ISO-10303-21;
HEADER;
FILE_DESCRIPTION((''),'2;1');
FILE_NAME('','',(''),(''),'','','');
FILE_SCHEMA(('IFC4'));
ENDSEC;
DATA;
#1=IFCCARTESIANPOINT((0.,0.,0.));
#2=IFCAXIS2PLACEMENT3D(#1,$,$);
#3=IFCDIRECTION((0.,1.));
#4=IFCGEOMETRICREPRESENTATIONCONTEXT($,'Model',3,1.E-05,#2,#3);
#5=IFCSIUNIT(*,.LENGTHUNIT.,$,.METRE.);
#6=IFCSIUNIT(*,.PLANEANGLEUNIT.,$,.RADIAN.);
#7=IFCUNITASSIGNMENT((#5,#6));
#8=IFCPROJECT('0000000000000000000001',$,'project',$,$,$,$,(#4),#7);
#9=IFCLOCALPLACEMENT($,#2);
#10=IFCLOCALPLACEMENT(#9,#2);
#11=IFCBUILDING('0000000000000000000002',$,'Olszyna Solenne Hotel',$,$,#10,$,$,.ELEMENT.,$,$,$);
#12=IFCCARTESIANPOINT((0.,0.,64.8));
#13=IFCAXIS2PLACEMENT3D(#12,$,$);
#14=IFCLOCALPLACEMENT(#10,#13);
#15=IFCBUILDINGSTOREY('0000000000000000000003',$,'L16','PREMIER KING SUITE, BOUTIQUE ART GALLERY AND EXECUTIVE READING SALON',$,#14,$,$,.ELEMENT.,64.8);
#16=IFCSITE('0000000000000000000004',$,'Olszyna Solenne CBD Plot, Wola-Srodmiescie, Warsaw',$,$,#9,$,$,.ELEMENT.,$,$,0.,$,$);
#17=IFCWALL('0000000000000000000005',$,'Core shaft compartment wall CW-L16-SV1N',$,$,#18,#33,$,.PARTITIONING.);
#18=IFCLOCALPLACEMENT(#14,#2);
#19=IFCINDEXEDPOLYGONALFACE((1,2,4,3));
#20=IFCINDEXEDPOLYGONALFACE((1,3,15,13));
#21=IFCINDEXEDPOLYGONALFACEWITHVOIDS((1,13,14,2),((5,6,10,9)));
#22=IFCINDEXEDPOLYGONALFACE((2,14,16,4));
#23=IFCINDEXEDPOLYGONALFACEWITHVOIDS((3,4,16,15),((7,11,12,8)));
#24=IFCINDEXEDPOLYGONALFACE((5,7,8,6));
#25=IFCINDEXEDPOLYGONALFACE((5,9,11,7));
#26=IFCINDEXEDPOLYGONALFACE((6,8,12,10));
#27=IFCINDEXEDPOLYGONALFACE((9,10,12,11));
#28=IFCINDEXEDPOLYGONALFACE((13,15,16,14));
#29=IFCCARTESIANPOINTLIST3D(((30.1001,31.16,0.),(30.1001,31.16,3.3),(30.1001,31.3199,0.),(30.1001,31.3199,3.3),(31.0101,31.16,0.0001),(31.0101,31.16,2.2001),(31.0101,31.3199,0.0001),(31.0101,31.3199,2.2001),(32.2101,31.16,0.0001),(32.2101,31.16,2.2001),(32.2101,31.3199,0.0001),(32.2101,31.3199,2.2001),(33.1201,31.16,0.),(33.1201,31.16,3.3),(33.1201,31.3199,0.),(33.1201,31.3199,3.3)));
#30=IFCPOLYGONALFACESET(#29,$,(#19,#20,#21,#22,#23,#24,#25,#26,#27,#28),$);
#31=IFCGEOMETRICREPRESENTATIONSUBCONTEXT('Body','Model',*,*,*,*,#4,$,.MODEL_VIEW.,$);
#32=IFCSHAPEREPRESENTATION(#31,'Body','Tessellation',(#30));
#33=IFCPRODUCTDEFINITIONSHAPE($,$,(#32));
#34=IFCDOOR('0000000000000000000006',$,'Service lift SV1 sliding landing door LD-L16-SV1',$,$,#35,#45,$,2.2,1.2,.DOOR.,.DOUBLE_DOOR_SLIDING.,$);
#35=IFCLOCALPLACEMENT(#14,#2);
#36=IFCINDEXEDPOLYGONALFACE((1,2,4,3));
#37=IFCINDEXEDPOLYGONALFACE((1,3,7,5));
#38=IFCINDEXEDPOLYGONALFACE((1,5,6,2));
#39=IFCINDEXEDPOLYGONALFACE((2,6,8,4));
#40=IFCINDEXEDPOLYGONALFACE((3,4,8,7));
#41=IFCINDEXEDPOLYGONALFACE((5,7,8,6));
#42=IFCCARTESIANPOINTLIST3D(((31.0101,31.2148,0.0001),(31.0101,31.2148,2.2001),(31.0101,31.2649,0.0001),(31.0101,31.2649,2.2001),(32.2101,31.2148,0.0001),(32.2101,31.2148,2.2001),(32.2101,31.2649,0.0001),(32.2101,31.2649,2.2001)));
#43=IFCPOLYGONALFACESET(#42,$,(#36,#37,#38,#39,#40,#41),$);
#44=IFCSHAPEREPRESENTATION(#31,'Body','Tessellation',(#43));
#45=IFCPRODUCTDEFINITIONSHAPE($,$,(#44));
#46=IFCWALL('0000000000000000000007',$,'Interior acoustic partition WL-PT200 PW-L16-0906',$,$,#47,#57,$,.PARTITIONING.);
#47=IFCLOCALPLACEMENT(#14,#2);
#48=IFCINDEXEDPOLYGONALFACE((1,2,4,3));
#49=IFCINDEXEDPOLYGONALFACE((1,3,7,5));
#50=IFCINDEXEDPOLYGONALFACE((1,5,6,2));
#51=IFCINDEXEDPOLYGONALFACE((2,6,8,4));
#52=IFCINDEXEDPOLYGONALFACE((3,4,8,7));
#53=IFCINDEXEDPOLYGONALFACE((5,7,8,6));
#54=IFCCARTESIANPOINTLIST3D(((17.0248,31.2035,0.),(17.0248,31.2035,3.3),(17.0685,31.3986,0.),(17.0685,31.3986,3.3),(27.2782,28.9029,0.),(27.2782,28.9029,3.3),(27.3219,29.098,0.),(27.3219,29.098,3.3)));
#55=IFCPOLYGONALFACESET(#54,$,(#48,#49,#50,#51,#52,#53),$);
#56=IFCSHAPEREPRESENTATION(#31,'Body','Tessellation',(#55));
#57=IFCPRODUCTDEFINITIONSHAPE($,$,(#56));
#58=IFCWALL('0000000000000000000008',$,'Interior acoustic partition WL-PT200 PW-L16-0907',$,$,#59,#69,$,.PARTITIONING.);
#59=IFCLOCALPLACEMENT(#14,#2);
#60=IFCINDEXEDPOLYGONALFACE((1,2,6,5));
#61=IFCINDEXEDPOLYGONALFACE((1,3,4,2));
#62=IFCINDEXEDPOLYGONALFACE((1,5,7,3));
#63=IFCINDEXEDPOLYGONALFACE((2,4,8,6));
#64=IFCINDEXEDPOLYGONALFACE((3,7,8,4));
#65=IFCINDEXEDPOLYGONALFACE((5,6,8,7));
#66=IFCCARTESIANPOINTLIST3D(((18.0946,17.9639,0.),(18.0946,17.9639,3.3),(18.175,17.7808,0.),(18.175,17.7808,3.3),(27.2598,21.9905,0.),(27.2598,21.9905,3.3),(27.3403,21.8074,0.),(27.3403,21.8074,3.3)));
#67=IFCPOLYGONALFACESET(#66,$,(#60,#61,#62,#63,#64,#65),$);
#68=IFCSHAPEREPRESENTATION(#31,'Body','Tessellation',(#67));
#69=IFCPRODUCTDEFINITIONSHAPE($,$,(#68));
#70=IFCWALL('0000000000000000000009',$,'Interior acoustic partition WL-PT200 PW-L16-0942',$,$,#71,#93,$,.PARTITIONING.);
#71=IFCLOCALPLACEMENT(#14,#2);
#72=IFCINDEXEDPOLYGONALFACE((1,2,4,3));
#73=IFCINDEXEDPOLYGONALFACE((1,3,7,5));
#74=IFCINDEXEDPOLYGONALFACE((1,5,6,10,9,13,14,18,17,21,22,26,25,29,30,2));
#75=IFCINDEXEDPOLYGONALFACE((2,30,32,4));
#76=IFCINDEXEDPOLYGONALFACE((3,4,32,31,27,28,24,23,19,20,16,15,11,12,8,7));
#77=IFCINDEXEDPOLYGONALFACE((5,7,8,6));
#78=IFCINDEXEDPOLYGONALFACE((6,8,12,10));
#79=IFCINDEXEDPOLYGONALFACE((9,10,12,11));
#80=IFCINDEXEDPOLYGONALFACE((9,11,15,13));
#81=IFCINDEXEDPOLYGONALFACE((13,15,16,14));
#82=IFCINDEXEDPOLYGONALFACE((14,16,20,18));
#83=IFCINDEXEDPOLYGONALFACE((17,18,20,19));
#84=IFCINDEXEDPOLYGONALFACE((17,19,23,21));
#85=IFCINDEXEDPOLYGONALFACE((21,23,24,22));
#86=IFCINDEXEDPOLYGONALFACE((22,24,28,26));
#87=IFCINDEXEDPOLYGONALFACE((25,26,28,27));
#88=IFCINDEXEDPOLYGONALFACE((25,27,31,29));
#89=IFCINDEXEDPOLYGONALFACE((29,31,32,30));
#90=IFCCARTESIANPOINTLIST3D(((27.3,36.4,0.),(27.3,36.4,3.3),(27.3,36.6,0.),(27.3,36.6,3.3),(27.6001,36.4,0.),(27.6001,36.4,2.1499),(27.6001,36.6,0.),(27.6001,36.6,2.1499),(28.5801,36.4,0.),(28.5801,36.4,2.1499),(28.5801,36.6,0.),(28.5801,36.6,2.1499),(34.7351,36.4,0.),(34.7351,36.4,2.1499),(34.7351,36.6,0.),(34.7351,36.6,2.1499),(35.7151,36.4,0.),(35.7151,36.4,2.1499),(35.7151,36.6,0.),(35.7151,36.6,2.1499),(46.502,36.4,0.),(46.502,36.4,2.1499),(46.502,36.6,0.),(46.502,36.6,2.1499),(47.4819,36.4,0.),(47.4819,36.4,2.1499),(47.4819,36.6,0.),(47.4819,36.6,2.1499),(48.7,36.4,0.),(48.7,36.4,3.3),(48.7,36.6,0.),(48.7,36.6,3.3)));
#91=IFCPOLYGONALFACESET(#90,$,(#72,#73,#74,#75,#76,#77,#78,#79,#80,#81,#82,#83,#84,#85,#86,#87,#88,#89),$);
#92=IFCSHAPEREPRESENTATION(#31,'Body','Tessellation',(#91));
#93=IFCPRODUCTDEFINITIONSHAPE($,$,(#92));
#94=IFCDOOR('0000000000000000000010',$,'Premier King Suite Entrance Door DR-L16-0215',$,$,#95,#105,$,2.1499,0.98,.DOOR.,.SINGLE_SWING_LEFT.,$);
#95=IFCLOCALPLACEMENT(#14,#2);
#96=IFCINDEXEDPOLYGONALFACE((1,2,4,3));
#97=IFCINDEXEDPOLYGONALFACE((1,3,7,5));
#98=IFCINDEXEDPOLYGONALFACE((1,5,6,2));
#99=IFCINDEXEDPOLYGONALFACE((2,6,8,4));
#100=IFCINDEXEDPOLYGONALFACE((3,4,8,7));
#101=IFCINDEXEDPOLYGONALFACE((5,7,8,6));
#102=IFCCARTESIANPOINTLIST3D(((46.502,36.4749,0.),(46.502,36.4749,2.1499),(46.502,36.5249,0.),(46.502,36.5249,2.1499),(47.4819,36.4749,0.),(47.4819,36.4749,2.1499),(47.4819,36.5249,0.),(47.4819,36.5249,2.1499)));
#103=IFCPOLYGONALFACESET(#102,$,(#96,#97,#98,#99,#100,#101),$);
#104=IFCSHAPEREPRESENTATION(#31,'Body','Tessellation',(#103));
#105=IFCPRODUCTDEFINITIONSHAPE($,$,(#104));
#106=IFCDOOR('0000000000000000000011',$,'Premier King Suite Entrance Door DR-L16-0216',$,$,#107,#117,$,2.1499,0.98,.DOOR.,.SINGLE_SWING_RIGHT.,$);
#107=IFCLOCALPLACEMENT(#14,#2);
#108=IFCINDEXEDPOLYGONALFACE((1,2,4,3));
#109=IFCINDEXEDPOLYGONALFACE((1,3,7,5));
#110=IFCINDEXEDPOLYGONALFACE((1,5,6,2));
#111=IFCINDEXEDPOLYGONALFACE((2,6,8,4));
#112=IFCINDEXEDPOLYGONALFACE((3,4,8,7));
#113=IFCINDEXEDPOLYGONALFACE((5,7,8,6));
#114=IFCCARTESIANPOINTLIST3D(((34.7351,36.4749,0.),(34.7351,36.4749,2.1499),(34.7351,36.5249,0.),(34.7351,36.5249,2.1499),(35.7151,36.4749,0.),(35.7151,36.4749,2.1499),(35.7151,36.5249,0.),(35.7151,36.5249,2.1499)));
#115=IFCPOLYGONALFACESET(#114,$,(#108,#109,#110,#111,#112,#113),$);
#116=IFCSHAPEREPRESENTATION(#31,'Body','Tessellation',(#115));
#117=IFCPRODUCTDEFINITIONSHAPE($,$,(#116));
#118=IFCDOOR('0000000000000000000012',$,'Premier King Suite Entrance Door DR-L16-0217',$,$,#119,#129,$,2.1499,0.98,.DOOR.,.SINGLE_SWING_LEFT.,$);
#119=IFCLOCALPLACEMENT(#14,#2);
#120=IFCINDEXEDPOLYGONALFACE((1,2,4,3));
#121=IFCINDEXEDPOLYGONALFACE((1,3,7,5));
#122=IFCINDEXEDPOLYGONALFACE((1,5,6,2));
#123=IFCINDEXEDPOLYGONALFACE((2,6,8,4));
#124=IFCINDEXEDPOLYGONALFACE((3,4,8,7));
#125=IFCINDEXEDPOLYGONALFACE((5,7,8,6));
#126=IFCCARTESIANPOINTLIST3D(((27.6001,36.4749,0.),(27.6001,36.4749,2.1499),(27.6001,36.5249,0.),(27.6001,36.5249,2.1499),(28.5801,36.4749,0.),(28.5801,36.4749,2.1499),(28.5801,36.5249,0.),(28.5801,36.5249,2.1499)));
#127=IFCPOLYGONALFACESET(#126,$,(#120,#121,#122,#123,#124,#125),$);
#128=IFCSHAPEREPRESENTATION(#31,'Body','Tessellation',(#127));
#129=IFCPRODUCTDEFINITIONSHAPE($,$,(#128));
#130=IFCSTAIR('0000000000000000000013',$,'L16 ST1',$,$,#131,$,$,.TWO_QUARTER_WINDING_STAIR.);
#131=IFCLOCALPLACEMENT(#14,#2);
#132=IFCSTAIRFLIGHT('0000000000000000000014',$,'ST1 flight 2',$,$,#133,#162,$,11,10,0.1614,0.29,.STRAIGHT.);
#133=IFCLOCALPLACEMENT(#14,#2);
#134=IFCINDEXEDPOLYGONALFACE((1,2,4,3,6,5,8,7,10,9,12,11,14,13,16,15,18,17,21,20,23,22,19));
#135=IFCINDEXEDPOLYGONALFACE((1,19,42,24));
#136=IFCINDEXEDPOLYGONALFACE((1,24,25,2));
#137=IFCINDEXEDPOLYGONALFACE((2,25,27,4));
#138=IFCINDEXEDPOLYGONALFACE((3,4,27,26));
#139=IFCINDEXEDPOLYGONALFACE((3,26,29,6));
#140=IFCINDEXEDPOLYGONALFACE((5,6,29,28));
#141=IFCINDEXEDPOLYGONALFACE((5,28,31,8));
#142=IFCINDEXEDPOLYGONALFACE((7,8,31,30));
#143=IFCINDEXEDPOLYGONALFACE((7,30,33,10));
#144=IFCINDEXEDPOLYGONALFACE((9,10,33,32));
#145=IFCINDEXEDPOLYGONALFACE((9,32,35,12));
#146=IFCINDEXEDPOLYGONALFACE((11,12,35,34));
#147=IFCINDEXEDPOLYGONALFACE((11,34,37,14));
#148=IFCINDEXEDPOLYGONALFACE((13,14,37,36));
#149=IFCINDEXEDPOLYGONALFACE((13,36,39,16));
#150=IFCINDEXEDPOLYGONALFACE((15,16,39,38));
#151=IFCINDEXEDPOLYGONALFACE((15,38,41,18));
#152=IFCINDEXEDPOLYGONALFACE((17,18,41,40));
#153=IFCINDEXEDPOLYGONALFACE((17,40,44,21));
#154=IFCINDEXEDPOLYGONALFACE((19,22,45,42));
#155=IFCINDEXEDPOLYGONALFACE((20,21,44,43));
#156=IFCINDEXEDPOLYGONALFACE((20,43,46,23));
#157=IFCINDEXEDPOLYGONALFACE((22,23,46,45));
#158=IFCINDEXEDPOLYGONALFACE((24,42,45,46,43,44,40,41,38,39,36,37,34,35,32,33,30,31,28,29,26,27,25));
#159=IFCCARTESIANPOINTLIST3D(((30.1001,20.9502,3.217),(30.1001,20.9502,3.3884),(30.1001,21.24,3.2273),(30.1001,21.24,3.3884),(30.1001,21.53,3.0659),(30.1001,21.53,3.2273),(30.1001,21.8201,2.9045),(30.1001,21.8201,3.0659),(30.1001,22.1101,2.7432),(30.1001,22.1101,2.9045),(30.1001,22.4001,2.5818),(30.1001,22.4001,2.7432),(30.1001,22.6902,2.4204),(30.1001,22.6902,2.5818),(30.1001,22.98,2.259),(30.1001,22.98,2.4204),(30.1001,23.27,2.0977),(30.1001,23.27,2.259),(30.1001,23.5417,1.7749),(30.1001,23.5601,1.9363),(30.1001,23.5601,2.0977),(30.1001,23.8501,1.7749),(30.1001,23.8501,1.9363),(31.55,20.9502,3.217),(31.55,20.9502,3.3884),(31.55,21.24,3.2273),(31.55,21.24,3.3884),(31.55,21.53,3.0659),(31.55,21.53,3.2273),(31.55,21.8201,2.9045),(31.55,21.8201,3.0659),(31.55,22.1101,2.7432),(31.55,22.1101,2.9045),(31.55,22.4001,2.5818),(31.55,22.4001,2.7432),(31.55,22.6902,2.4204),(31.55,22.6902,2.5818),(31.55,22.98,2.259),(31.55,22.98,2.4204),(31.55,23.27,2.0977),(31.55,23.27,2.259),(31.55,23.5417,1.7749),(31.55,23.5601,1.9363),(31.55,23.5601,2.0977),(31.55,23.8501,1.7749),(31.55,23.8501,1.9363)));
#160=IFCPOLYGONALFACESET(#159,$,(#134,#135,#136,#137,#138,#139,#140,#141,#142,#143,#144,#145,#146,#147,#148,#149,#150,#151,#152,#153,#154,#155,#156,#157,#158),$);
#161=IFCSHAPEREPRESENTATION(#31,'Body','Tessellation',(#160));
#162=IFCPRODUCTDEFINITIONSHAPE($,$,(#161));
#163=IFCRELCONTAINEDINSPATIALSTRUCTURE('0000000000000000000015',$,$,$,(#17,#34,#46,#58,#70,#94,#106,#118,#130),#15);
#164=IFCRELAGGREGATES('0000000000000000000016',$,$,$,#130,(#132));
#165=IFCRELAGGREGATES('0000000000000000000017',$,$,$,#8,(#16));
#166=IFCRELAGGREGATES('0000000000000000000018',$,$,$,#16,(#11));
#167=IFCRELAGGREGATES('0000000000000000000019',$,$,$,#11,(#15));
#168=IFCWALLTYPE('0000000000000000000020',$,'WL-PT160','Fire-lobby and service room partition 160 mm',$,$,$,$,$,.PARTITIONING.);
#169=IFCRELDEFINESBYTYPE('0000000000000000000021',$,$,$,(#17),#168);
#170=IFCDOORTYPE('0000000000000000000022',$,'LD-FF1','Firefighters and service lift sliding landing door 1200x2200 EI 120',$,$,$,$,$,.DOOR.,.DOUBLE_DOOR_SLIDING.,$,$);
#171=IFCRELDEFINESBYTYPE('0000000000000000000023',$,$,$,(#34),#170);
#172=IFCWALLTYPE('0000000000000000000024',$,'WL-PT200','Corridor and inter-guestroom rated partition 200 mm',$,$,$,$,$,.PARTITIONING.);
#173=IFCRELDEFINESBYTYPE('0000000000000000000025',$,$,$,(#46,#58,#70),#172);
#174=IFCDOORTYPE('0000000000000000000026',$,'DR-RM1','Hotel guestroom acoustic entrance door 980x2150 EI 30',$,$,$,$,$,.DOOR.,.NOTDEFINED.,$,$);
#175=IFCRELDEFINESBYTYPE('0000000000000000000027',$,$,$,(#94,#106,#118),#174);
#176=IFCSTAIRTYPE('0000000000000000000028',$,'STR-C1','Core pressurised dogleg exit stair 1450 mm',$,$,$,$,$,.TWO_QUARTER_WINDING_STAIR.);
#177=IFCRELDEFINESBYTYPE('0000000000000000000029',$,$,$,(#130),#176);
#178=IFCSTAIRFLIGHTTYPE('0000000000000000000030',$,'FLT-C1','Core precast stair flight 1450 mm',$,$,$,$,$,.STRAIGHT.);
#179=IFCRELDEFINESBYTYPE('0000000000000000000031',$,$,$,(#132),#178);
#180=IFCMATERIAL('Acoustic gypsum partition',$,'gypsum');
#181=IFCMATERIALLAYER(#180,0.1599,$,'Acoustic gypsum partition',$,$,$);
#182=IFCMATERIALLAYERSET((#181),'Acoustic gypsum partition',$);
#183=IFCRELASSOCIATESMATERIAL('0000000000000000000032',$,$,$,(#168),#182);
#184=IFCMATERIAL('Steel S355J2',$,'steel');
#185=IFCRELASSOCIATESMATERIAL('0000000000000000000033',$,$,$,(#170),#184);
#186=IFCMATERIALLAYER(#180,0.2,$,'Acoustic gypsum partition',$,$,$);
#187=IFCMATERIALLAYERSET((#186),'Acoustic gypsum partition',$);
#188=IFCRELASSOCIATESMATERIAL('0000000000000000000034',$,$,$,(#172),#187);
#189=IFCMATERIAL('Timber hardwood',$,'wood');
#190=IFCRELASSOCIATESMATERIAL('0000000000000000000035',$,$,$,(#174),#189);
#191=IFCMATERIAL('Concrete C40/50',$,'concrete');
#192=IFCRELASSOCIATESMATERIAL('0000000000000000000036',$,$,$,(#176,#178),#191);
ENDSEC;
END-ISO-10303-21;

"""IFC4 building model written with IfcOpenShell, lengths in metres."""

from ifc_helpers import new_model, si_unit, direction, frame, frame_2d, origin, place, context, subcontext, project, spatial, polyline, rectangle, outline, extrude, source, transform, mapped, material, layer, layer_set, type_object, type_shapes, element, fill, aggregate, save


model = new_model("IFC4")

# Units and contexts
model_context = context("Model", 3, precision=1e-05, world=origin(), true_north=direction((0.0, 1.0)))
body_context = subcontext(model_context, "Body", "Model", "MODEL_VIEW")
ifc_project = project(units=[si_unit("LENGTHUNIT", "METRE"), si_unit("PLANEANGLEUNIT", "RADIAN")], contexts=[model_context])

# Site, building, storey
site_placement = place(None, origin())
site = spatial("IfcSite", under=ifc_project, at=site_placement, Name="Olszyna Solenne CBD Plot, Wola-Srodmiescie, Warsaw", CompositionType="ELEMENT", RefElevation=0.0)
building_placement = place(site_placement, origin())
building = spatial("IfcBuilding", under=site, at=building_placement, Name="Olszyna Solenne Hotel", CompositionType="ELEMENT")
storey_placement = place(building_placement, frame((0.0, 0.0, 64.8)))
storey = spatial("IfcBuildingStorey", under=building, at=storey_placement, Name="L16", Description="PREMIER KING SUITE, BOUTIQUE ART GALLERY AND EXECUTIVE READING SALON", CompositionType="ELEMENT", Elevation=64.8)

# Shared definitions
ifc_material_1 = material(Name="Steel S355J2", Category="steel")

# Shared definitions
ifc_material_2 = material(Name="Acoustic gypsum partition", Category="gypsum")
ifc_material_3 = material(Name="Timber hardwood", Category="wood")

# Shared definitions
ifc_layer_1 = layer(ifc_material_2, 0.1599, Name="Acoustic gypsum partition")
ifc_layer_set_1 = layer_set([ifc_layer_1], Name="Acoustic gypsum partition")
wall_type_1 = type_object("IfcWallType", Name="WL-PT160", Description="Fire-lobby and service room partition 160 mm", PredefinedType="PARTITIONING", material=ifc_layer_set_1)

# Wall, opening, door
wall_1_placement = place(storey_placement, frame((30.1001, 31.24, 0.0), z_axis=(0.0, 0.0, 1.0), x_axis=(1.0, 0.0, 0.0)))
wall_1 = element("IfcWall", 1, at=wall_1_placement, inside=storey, type_object=wall_type_1, Name="Core shaft compartment wall CW-L16-SV1N", PredefinedType="PARTITIONING", context=body_context, shape_type="SweptSolid", body=[
    extrude(rectangle(XDim=3.02, YDim=0.1599, at=frame_2d((1.51, 0.0))), origin(), (0.0, 0.0, 1.0), 3.3),
])
opening_1_placement = place(wall_1_placement, frame((0.9099, 0.0, 0.0)))
opening_1 = element("IfcOpeningElement", 2, at=opening_1_placement, cuts=wall_1, PredefinedType="OPENING", context=body_context, shape_type="SweptSolid", body=[
    extrude(rectangle(XDim=1.2, YDim=2.2, at=frame_2d((0.6001, 1.1001))), frame((0.0, 0.0898, 0.0), z_axis=(0.0, -1.0, 0.0), x_axis=(1.0, 0.0, 0.0)), (0.0, 0.0, 1.0), 0.1799),
])
door_type_1 = type_object("IfcDoorType", Name="LD-FF1", Description="Firefighters and service lift sliding landing door 1200x2200 EI 120", OperationType="DOUBLE_DOOR_SLIDING", PredefinedType="DOOR", material=ifc_material_1)
shared_shape_1 = source(origin(), body_context, "Body", "SweptSolid", [
    extrude(rectangle(XDim=1.2, YDim=2.2, at=frame_2d((0.6001, 1.1001))), frame((0.0, 0.0249, 0.0), z_axis=(0.0, -1.0, 0.0), x_axis=(1.0, 0.0, 0.0)), (0.0, 0.0, 1.0), 0.05),
])
type_shapes(door_type_1, [shared_shape_1])
door_1_placement = place(opening_1_placement, origin())
door_1 = element("IfcDoor", 3, at=door_1_placement, inside=storey, type_object=door_type_1, Name="Service lift SV1 sliding landing door LD-L16-SV1", OperationType="DOUBLE_DOOR_SLIDING", OverallHeight=2.2, OverallWidth=1.2, PredefinedType="DOOR", context=body_context, shape_type="MappedRepresentation", body=[
    mapped(shared_shape_1, transform((0.0, 0.0, 0.0), x_axis=(1.0, 0.0, 0.0), y_axis=(0.0, 1.0, 0.0), z_axis=(0.0, 0.0, 1.0), scale=1.0)),
])
fill(opening_1, door_1)

# Walls
ifc_layer_2 = layer(ifc_material_2, 0.2, Name="Acoustic gypsum partition")
ifc_layer_set_2 = layer_set([ifc_layer_2], Name="Acoustic gypsum partition")
wall_type_2 = type_object("IfcWallType", Name="WL-PT200", Description="Corridor and inter-guestroom rated partition 200 mm", PredefinedType="PARTITIONING", material=ifc_layer_set_2)
wall_2_placement = place(storey_placement, frame((27.3, 29.0005, 0.0), z_axis=(0.0, 0.0, 1.0), x_axis=(-0.975742, 0.218925, 0.0)))
element("IfcWall", 4, at=wall_2_placement, inside=storey, type_object=wall_type_2, Name="Interior acoustic partition WL-PT200 PW-L16-0906", PredefinedType="PARTITIONING", context=body_context, shape_type="SweptSolid", body=[
    extrude(rectangle(XDim=10.5083, YDim=0.2, at=frame_2d((5.2542, 0.0))), origin(), (0.0, 0.0, 1.0), 3.3),
])
wall_3_placement = place(storey_placement, frame((27.3, 21.8989, 0.0), z_axis=(0.0, 0.0, 1.0), x_axis=(-0.91554, -0.402227, 0.0)))
element("IfcWall", 5, at=wall_3_placement, inside=storey, type_object=wall_type_2, Name="Interior acoustic partition WL-PT200 PW-L16-0907", PredefinedType="PARTITIONING", context=body_context, shape_type="SweptSolid", body=[
    extrude(rectangle(XDim=10.0107, YDim=0.2, at=frame_2d((5.0054, 0.0))), origin(), (0.0, 0.0, 1.0), 3.3),
])

# Wall, openings, doors
wall_4_placement = place(storey_placement, frame((27.3, 36.5, 0.0), z_axis=(0.0, 0.0, 1.0), x_axis=(1.0, 0.0, 0.0)))
wall_4 = element("IfcWall", 6, at=wall_4_placement, inside=storey, type_object=wall_type_2, Name="Interior acoustic partition WL-PT200 PW-L16-0942", PredefinedType="PARTITIONING", context=body_context, shape_type="SweptSolid", body=[
    extrude(rectangle(XDim=21.3999, YDim=0.2, at=frame_2d((10.7, 0.0))), origin(), (0.0, 0.0, 1.0), 3.3),
])
opening_2_placement = place(wall_4_placement, frame((19.2019, 0.0, 0.0)))
opening_2 = element("IfcOpeningElement", 7, at=opening_2_placement, cuts=wall_4, PredefinedType="OPENING", context=body_context, shape_type="SweptSolid", body=[
    extrude(rectangle(XDim=0.98, YDim=2.1499, at=frame_2d((0.49, 1.075))), frame((0.0, 0.1099, 0.0), z_axis=(0.0, -1.0, 0.0), x_axis=(1.0, 0.0, 0.0)), (0.0, 0.0, 1.0), 0.22),
])
opening_3_placement = place(wall_4_placement, frame((7.4351, 0.0, 0.0)))
opening_3 = element("IfcOpeningElement", 8, at=opening_3_placement, cuts=wall_4, PredefinedType="OPENING", context=body_context, shape_type="SweptSolid", body=[
    extrude(rectangle(XDim=0.98, YDim=2.1499, at=frame_2d((0.49, 1.075))), frame((0.0, 0.1099, 0.0), z_axis=(0.0, -1.0, 0.0), x_axis=(1.0, 0.0, 0.0)), (0.0, 0.0, 1.0), 0.22),
])
opening_4_placement = place(wall_4_placement, frame((0.3, 0.0, 0.0)))
opening_4 = element("IfcOpeningElement", 9, at=opening_4_placement, cuts=wall_4, PredefinedType="OPENING", context=body_context, shape_type="SweptSolid", body=[
    extrude(rectangle(XDim=0.98, YDim=2.1499, at=frame_2d((0.49, 1.075))), frame((0.0, 0.1099, 0.0), z_axis=(0.0, -1.0, 0.0), x_axis=(1.0, 0.0, 0.0)), (0.0, 0.0, 1.0), 0.22),
])
door_type_2 = type_object("IfcDoorType", Name="DR-RM1", Description="Hotel guestroom acoustic entrance door 980x2150 EI 30", OperationType="NOTDEFINED", PredefinedType="DOOR", material=ifc_material_3)
shared_shape_2 = source(origin(), body_context, "Body", "SweptSolid", [
    extrude(rectangle(XDim=0.98, YDim=2.1499, at=frame_2d((0.49, 1.075))), frame((0.0, 0.0249, 0.0), z_axis=(0.0, -1.0, 0.0), x_axis=(1.0, 0.0, 0.0)), (0.0, 0.0, 1.0), 0.05),
])
type_shapes(door_type_2, [shared_shape_2])
door_2_placement = place(opening_2_placement, origin())
door_2 = element("IfcDoor", 10, at=door_2_placement, inside=storey, type_object=door_type_2, Name="Premier King Suite Entrance Door DR-L16-0215", OperationType="SINGLE_SWING_LEFT", OverallHeight=2.1499, OverallWidth=0.98, PredefinedType="DOOR", context=body_context, shape_type="MappedRepresentation", body=[
    mapped(shared_shape_2, transform((0.0, 0.0, 0.0), x_axis=(1.0, 0.0, 0.0), y_axis=(0.0, 1.0, 0.0), z_axis=(0.0, 0.0, 1.0), scale=1.0)),
])
fill(opening_2, door_2)
door_3_placement = place(opening_3_placement, origin())
door_3 = element("IfcDoor", 11, at=door_3_placement, inside=storey, type_object=door_type_2, Name="Premier King Suite Entrance Door DR-L16-0216", OperationType="SINGLE_SWING_RIGHT", OverallHeight=2.1499, OverallWidth=0.98, PredefinedType="DOOR", context=body_context, shape_type="MappedRepresentation", body=[
    mapped(shared_shape_2, transform((0.0, 0.0, 0.0), x_axis=(1.0, 0.0, 0.0), y_axis=(0.0, 1.0, 0.0), z_axis=(0.0, 0.0, 1.0), scale=1.0)),
])
fill(opening_3, door_3)
door_4_placement = place(opening_4_placement, origin())
door_4 = element("IfcDoor", 12, at=door_4_placement, inside=storey, type_object=door_type_2, Name="Premier King Suite Entrance Door DR-L16-0217", OperationType="SINGLE_SWING_LEFT", OverallHeight=2.1499, OverallWidth=0.98, PredefinedType="DOOR", context=body_context, shape_type="MappedRepresentation", body=[
    mapped(shared_shape_2, transform((0.0, 0.0, 0.0), x_axis=(1.0, 0.0, 0.0), y_axis=(0.0, 1.0, 0.0), z_axis=(0.0, 0.0, 1.0), scale=1.0)),
])
fill(opening_4, door_4)

# Stair, stair flight
ifc_material_4 = material(Name="Concrete C40/50", Category="concrete")
stair_type = type_object("IfcStairType", Name="STR-C1", Description="Core pressurised dogleg exit stair 1450 mm", PredefinedType="TWO_QUARTER_WINDING_STAIR", material=ifc_material_4)
stair_placement = place(storey_placement, origin())
stair = element("IfcStair", 13, at=stair_placement, inside=storey, type_object=stair_type, Name="L16 ST1", PredefinedType="TWO_QUARTER_WINDING_STAIR")
stair_flight_type = type_object("IfcStairFlightType", Name="FLT-C1", Description="Core precast stair flight 1450 mm", PredefinedType="STRAIGHT", material=ifc_material_4)
stair_flight_placement = place(storey_placement, frame((30.825, 23.8501, 1.7749), z_axis=(0.0, 0.0, 1.0), x_axis=(0.0, -1.0, 0.0)))
stair_flight = element("IfcStairFlight", 14, at=stair_flight_placement, type_object=stair_flight_type, Name="ST1 flight 2", NumberOfRisers=11, NumberOfTreads=10, PredefinedType="STRAIGHT", RiserHeight=0.1614, TreadLength=0.29, context=body_context, shape_type="SweptSolid", body=[
    extrude(outline(polyline([(0.0, 0.0), (0.0, 0.1614), (0.29, 0.1614), (0.29, 0.3228), (0.5801, 0.3228), (0.5801, 0.4841), (0.8701, 0.4841), (0.8701, 0.6455), (1.1599, 0.6455), (1.1599, 0.8069), (1.45, 0.8069), (1.45, 0.9683), (1.74, 0.9683), (1.74, 1.1296), (2.03, 1.1296), (2.03, 1.291), (2.3201, 1.291), (2.3201, 1.4524), (2.6101, 1.4524), (2.6101, 1.6135), (2.8999, 1.6135), (2.8999, 1.7749), (2.8999, 1.4421), (0.3083, 0.0), (0.0, 0.0)])), frame((0.0, 0.7251, 0.0), z_axis=(0.0, -1.0, 0.0), x_axis=(1.0, 0.0, 0.0)), (0.0, 0.0, 1.0), 1.45),
])
aggregate(stair, [stair_flight])

save(model, "model.ifc")
